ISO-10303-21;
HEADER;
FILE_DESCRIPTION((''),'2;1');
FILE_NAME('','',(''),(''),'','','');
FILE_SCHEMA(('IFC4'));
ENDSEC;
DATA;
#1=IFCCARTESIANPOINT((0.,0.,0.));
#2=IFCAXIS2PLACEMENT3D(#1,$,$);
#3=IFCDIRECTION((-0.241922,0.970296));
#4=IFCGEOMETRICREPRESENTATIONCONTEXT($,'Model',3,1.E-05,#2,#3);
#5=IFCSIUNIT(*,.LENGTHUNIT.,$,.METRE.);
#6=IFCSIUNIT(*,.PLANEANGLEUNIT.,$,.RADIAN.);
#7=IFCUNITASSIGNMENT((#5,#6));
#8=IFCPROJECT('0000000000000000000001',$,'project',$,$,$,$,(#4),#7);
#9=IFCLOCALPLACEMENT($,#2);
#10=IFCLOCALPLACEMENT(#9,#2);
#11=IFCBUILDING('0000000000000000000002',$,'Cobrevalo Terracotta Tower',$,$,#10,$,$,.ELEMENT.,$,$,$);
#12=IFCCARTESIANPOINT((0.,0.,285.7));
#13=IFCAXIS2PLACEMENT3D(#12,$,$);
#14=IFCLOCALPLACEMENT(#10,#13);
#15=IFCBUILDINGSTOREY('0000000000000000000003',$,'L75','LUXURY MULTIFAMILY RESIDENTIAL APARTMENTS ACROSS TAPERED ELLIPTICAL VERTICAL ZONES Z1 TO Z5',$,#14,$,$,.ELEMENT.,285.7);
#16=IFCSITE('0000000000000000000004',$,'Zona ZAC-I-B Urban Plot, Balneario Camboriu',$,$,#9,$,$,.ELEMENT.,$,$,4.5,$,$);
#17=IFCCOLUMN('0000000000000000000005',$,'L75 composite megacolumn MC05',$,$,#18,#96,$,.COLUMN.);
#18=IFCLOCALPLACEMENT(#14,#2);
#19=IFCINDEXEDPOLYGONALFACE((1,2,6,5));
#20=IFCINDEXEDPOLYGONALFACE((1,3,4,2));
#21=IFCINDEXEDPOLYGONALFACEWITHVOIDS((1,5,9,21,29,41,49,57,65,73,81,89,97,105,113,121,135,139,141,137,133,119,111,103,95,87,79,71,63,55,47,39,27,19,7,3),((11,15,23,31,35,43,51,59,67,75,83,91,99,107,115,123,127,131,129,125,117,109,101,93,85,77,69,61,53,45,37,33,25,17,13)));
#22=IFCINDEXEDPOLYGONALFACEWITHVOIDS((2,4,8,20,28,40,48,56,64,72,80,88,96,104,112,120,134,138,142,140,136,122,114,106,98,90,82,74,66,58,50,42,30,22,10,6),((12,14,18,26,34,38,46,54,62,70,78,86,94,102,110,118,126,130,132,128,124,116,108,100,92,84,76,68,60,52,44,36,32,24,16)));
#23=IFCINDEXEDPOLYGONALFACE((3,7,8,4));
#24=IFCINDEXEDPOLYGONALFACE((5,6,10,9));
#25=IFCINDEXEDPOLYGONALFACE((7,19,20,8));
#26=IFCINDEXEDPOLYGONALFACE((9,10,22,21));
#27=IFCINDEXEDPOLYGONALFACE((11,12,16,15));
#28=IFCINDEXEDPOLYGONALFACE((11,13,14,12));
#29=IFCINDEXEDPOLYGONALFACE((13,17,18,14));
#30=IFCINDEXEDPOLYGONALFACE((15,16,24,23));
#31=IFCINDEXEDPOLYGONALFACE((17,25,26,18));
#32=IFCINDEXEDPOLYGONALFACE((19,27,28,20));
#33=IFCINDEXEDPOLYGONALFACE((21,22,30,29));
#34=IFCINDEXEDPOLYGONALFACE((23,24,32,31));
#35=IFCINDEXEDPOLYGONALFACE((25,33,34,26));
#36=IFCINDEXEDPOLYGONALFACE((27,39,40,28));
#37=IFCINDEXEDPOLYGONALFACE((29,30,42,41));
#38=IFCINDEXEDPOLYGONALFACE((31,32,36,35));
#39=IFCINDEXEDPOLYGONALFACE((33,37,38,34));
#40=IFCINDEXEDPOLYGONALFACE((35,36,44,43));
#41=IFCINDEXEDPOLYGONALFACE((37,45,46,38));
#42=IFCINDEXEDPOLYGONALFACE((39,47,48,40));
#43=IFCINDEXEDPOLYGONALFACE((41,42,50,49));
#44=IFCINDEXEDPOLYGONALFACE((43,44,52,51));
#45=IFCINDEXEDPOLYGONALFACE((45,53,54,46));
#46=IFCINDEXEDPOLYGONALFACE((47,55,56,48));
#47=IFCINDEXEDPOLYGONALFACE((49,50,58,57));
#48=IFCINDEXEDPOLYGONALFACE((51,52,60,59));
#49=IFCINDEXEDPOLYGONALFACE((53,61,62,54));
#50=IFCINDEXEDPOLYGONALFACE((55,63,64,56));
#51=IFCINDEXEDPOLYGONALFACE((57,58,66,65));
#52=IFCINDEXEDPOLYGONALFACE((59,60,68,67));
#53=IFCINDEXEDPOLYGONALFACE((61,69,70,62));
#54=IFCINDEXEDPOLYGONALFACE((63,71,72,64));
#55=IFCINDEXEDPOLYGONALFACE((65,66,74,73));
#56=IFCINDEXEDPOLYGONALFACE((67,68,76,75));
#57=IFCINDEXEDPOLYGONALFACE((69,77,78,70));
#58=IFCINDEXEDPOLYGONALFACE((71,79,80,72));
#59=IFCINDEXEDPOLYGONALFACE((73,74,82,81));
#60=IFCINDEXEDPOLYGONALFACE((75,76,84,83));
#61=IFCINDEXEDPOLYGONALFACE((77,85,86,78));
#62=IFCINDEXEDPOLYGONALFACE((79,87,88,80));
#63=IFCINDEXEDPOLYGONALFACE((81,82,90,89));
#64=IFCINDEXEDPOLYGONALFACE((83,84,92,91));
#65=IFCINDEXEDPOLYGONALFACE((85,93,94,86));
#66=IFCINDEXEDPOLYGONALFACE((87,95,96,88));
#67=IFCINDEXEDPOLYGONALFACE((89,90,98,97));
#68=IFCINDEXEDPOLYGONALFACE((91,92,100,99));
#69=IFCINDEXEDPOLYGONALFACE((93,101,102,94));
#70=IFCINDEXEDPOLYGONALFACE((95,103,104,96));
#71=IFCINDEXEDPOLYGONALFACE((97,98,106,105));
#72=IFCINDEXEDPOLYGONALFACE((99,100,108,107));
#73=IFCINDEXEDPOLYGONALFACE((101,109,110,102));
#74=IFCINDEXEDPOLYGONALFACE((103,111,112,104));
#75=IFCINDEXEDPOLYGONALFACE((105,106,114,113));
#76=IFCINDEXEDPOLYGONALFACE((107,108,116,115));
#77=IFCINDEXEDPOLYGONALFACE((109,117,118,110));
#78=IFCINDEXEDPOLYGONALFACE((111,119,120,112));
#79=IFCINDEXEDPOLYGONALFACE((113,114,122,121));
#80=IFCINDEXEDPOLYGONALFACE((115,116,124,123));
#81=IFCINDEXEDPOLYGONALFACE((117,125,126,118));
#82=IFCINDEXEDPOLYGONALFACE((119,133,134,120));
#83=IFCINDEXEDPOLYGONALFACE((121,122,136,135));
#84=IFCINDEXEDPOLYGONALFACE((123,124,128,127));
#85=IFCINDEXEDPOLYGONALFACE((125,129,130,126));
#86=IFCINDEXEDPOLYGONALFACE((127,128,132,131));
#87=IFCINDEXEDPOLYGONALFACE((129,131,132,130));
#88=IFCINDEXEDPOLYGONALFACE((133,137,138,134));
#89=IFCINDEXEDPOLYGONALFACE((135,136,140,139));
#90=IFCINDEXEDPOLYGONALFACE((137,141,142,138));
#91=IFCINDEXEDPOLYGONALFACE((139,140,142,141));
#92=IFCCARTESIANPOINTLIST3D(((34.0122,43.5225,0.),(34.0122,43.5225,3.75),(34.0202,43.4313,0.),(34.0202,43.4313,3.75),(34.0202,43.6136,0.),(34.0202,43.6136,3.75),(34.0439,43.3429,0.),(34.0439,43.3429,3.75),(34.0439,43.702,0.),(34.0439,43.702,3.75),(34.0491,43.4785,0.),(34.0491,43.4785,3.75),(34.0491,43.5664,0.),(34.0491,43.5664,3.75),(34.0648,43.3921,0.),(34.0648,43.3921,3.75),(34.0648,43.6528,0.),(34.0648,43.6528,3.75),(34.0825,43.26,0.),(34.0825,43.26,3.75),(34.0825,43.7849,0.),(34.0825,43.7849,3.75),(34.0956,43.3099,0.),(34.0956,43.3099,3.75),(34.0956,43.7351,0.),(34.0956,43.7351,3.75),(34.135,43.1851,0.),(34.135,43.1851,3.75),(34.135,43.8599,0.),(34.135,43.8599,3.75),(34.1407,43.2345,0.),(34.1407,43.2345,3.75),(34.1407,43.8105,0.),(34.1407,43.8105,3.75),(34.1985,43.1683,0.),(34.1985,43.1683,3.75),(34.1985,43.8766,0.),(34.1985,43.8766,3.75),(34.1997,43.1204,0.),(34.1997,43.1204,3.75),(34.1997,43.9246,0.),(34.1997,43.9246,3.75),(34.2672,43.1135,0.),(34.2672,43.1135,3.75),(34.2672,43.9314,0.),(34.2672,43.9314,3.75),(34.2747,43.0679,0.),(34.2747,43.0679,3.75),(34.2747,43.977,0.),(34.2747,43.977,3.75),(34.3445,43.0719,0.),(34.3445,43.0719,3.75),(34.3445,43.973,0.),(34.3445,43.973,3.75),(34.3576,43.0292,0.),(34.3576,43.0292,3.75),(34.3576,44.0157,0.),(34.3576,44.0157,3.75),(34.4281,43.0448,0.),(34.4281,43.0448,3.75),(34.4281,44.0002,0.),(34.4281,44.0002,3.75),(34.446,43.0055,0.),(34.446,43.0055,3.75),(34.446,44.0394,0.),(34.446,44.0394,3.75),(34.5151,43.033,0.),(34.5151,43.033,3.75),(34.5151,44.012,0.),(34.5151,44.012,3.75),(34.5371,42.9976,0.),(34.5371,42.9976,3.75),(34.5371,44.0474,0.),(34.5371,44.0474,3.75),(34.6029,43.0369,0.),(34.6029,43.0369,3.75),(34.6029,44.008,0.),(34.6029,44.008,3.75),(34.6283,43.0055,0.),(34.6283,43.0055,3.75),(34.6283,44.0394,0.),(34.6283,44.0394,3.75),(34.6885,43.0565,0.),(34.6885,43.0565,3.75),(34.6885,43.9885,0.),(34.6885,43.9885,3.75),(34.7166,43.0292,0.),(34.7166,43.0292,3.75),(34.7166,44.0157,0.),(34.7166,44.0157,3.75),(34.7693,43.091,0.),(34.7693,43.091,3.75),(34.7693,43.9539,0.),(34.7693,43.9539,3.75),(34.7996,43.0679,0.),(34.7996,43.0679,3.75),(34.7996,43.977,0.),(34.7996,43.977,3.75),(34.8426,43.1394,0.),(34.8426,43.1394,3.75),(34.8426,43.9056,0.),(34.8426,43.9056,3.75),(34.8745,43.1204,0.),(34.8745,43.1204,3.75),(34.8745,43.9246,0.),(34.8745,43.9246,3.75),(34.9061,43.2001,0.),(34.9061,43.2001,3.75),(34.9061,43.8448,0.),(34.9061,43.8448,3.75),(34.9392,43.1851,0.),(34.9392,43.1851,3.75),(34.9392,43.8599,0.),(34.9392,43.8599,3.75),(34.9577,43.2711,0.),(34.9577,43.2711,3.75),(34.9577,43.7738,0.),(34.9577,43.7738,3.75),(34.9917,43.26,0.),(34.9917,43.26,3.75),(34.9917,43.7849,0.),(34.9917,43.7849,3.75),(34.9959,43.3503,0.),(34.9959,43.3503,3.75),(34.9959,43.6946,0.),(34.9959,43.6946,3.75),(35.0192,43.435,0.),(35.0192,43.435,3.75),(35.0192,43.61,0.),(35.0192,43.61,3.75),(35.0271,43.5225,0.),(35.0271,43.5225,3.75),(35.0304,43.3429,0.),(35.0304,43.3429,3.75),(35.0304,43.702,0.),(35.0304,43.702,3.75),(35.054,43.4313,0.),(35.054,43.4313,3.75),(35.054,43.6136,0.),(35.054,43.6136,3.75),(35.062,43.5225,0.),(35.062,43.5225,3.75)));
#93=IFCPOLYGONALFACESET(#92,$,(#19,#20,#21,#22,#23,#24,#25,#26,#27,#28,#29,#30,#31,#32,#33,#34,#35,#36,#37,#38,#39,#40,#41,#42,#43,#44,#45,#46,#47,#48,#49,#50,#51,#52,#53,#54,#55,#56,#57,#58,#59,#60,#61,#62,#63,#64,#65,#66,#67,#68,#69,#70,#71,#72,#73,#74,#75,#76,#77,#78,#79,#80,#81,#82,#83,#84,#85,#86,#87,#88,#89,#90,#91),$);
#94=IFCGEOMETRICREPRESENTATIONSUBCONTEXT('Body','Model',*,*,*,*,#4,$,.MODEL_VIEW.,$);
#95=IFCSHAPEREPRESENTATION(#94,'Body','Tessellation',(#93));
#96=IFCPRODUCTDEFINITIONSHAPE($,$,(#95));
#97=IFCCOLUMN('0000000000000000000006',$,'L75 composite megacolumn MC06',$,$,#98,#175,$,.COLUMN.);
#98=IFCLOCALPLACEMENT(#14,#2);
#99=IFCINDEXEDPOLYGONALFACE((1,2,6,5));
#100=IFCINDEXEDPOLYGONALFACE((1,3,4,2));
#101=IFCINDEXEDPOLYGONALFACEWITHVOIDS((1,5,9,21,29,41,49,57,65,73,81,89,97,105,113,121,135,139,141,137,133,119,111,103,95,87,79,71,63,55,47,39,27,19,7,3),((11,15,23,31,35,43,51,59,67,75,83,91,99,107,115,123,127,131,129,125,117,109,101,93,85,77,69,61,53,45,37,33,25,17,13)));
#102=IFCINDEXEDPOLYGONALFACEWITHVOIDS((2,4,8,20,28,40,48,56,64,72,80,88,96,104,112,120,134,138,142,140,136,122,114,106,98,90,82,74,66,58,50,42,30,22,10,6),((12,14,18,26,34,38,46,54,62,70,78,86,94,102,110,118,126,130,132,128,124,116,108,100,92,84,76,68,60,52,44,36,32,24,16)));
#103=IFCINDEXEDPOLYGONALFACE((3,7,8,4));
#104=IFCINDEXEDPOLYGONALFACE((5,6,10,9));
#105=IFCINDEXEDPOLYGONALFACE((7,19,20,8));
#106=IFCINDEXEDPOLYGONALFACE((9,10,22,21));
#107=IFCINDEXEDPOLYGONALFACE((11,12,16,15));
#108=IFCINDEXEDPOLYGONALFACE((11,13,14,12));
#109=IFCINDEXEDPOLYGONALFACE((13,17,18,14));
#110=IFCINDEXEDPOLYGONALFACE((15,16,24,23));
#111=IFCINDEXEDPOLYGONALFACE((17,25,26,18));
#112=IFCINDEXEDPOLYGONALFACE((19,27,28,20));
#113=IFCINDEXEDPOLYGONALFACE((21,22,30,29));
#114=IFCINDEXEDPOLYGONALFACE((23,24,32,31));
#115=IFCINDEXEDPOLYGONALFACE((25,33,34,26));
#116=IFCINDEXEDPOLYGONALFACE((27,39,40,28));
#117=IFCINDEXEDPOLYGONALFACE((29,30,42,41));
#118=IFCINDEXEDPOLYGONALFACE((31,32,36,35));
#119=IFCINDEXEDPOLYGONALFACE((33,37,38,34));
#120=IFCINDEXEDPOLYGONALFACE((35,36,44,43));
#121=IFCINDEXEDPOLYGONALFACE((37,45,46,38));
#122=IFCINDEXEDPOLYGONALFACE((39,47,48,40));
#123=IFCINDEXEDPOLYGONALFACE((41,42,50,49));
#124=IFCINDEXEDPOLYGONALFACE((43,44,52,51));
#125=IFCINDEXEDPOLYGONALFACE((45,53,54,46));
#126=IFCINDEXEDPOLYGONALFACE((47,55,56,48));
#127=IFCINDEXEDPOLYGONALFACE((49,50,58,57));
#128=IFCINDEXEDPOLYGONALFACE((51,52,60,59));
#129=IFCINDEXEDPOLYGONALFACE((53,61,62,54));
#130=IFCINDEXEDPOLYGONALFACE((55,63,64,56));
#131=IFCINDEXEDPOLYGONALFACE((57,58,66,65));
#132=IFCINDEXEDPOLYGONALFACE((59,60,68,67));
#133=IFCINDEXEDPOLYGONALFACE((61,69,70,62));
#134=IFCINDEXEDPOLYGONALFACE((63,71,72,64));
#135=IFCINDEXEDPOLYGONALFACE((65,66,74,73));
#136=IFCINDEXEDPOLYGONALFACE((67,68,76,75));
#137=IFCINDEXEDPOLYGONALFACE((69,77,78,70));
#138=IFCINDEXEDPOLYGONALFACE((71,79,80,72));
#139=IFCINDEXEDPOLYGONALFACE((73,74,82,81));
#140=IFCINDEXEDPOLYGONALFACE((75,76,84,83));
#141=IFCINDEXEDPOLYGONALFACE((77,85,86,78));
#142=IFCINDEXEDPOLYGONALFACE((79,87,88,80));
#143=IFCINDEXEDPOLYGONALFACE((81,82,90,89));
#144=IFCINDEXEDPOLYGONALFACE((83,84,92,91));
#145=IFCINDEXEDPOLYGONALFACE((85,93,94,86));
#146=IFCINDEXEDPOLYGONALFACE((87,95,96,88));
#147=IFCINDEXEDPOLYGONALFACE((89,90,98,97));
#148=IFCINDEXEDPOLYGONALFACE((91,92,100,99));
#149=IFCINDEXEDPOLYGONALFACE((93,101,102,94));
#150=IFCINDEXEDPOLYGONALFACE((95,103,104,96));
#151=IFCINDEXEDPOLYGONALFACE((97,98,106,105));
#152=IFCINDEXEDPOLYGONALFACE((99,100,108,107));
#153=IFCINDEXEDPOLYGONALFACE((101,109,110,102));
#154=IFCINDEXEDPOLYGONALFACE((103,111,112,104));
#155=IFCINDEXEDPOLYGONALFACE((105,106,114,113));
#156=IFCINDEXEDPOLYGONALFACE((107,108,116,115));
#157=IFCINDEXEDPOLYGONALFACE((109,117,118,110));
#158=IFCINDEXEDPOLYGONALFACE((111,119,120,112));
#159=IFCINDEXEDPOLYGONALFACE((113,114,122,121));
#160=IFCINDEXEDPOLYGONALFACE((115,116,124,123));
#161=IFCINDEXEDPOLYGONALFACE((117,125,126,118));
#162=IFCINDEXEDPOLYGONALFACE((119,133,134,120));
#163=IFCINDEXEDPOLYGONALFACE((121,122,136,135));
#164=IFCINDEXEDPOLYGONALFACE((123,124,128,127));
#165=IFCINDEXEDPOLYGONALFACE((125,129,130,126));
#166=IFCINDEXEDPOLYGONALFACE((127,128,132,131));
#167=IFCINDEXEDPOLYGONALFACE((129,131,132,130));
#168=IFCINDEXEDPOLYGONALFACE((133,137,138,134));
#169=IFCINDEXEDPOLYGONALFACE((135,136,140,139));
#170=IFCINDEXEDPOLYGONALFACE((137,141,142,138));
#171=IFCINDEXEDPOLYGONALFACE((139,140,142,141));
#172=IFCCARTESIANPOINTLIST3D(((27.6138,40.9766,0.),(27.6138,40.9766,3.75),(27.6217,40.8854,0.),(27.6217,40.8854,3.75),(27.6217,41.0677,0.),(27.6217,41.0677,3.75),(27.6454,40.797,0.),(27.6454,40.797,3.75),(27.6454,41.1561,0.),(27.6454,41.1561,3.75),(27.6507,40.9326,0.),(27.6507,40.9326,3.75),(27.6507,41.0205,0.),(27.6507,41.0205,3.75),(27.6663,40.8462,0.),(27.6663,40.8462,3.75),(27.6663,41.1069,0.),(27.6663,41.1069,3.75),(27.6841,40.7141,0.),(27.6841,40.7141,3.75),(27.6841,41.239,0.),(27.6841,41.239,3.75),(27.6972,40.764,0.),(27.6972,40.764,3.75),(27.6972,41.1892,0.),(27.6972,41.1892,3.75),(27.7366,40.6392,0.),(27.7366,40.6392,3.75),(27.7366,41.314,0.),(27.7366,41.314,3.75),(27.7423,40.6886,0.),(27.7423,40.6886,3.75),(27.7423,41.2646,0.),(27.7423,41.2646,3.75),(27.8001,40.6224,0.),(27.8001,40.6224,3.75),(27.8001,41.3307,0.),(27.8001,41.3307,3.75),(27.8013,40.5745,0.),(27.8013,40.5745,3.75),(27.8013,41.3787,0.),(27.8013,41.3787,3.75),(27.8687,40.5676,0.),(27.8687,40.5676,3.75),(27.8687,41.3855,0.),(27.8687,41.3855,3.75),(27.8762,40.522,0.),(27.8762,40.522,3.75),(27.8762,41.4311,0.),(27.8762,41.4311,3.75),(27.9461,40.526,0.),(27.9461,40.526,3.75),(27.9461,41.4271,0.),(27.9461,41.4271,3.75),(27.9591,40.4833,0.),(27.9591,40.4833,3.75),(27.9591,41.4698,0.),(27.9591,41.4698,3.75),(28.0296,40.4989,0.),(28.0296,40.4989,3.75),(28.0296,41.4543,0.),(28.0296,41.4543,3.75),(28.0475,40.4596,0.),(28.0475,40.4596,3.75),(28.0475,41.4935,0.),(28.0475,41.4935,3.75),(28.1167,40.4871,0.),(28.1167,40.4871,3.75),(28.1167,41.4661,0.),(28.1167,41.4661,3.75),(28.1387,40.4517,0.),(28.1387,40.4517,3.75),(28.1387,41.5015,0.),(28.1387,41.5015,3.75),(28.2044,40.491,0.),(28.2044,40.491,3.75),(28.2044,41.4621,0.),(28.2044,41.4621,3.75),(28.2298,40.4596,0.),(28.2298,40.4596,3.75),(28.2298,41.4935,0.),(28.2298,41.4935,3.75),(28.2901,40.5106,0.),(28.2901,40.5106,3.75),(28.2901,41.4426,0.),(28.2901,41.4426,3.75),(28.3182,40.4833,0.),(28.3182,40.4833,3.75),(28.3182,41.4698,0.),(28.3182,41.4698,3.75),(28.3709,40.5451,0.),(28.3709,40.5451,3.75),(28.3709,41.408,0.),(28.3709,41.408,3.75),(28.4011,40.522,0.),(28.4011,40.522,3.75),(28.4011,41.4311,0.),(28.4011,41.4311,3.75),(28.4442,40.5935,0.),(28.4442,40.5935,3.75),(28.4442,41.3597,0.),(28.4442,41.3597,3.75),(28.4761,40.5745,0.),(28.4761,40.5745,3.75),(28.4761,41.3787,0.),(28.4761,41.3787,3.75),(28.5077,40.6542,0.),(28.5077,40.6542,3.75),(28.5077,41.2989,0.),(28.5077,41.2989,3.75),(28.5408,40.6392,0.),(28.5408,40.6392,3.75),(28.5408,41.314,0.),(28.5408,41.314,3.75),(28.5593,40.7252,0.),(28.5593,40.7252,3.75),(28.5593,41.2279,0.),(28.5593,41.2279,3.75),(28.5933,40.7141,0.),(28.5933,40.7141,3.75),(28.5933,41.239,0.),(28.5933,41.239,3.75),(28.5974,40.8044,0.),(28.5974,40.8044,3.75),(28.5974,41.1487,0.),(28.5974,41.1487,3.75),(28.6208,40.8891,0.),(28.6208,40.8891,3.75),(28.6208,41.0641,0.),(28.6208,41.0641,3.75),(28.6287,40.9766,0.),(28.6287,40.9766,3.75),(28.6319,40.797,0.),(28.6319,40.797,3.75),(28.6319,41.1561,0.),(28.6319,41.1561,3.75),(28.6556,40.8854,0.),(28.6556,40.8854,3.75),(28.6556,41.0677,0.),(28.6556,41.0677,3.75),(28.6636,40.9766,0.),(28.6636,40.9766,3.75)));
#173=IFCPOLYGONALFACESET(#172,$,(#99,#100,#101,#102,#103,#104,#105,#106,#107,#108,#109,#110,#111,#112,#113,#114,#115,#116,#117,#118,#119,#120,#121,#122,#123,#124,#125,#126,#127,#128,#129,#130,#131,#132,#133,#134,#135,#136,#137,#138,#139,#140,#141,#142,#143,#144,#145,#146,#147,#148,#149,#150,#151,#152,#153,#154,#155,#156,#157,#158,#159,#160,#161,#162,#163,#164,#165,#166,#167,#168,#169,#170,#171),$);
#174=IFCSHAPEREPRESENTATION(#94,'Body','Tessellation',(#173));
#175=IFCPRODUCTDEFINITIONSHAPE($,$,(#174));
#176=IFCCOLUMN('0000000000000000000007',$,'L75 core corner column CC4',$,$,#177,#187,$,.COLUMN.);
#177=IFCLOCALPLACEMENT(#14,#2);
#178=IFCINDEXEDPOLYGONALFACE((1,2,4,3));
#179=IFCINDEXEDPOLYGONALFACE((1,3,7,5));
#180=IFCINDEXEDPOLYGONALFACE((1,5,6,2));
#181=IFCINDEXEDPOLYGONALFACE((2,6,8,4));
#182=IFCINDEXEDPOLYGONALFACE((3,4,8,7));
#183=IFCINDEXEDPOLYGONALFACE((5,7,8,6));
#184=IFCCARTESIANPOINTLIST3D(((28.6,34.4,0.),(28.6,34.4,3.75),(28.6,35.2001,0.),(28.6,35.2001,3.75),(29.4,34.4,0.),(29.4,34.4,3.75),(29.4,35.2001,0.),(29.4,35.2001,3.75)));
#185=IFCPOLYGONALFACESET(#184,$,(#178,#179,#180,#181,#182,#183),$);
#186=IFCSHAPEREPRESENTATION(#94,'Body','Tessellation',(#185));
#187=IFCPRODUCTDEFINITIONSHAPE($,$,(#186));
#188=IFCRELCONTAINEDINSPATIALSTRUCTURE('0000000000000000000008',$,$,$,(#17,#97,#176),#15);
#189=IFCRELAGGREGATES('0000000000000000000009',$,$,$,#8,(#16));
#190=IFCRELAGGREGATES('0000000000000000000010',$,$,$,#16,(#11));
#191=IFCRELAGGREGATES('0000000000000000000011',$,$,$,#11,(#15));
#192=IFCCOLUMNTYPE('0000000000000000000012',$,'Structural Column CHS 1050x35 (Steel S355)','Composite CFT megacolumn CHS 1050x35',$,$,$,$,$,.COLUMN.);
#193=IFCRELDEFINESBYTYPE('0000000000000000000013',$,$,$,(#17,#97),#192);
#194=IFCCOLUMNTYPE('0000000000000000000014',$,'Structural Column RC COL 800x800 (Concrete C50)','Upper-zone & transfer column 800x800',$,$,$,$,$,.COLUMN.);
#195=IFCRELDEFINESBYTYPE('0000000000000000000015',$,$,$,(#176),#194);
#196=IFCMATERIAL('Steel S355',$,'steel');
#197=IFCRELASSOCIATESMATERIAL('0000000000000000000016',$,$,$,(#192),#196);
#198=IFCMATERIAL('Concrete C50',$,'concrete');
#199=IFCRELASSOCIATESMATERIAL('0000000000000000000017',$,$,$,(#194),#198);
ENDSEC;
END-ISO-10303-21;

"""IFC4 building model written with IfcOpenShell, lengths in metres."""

from ifc_helpers import new_model, si_unit, direction, frame, origin, origin_2d, place, context, subcontext, project, spatial, rectangle, hollow_circle, extrude, material, material_profile, profile_set, type_object, element, save


model = new_model("IFC4")

# Units and contexts
model_context = context("Model", 3, precision=1e-05, world=origin(), true_north=direction((-0.241922, 0.970296)))
body_context = subcontext(model_context, "Body", "Model", "MODEL_VIEW")
ifc_project = project(units=[si_unit("LENGTHUNIT", "METRE"), si_unit("PLANEANGLEUNIT", "RADIAN")], contexts=[model_context])

# Site, building, storey
site_placement = place(None, origin())
site = spatial("IfcSite", under=ifc_project, at=site_placement, Name="Zona ZAC-I-B Urban Plot, Balneario Camboriu", CompositionType="ELEMENT", RefElevation=4.5)
building_placement = place(site_placement, origin())
building = spatial("IfcBuilding", under=site, at=building_placement, Name="Cobrevalo Terracotta Tower", CompositionType="ELEMENT")
storey_placement = place(building_placement, frame((0.0, 0.0, 285.7)))
storey = spatial("IfcBuildingStorey", under=building, at=storey_placement, Name="L75", Description="LUXURY MULTIFAMILY RESIDENTIAL APARTMENTS ACROSS TAPERED ELLIPTICAL VERTICAL ZONES Z1 TO Z5", CompositionType="ELEMENT", Elevation=285.7)

# Columns
ifc_material_1 = material(Name="Steel S355", Category="steel")
ifc_material_profile_1 = material_profile(ifc_material_1, hollow_circle(Radius=0.5249, WallThickness=0.0349, at=origin_2d()), Name="CHS 1050x35")
ifc_profile_set_1 = profile_set([ifc_material_profile_1], Name="Steel S355")
column_type_1 = type_object("IfcColumnType", Name="Structural Column CHS 1050x35 (Steel S355)", Description="Composite CFT megacolumn CHS 1050x35", PredefinedType="COLUMN", material=ifc_profile_set_1)
for number, where, z_axis, x_axis, name in (
    (1, (34.5371, 43.5225, 0.0), (0.0, 0.0, 1.0), (1.0, 0.0, 0.0), "L75 composite megacolumn MC05"),
    (2, (28.1387, 40.9766, 0.0), (0.0, 0.0, 1.0), (1.0, 0.0, 0.0), "L75 composite megacolumn MC06"),
):
    element("IfcColumn", number, at=place(storey_placement, frame(where, z_axis=z_axis, x_axis=x_axis)), inside=storey, type_object=column_type_1, Name=name, PredefinedType="COLUMN", context=body_context, shape_type="SweptSolid", body=[
        extrude(hollow_circle(Radius=0.5249, WallThickness=0.0349, at=origin_2d()), origin(), (0.0, 0.0, 1.0), 3.75),
    ])
ifc_material_2 = material(Name="Concrete C50", Category="concrete")
ifc_material_profile_2 = material_profile(ifc_material_2, rectangle(XDim=0.8, YDim=0.8, at=origin_2d()), Name="RC COL 800x800")
ifc_profile_set_2 = profile_set([ifc_material_profile_2], Name="Concrete C50")
column_type_2 = type_object("IfcColumnType", Name="Structural Column RC COL 800x800 (Concrete C50)", Description="Upper-zone & transfer column 800x800", PredefinedType="COLUMN", material=ifc_profile_set_2)
column_placement = place(storey_placement, frame((29.0, 34.8, 0.0), z_axis=(0.0, 0.0, 1.0), x_axis=(1.0, 0.0, 0.0)))
element("IfcColumn", 3, at=column_placement, inside=storey, type_object=column_type_2, Name="L75 core corner column CC4", PredefinedType="COLUMN", context=body_context, shape_type="SweptSolid", body=[
    extrude(rectangle(XDim=0.8, YDim=0.8, at=origin_2d()), origin(), (0.0, 0.0, 1.0), 3.75),
])

save(model, "model.ifc")
